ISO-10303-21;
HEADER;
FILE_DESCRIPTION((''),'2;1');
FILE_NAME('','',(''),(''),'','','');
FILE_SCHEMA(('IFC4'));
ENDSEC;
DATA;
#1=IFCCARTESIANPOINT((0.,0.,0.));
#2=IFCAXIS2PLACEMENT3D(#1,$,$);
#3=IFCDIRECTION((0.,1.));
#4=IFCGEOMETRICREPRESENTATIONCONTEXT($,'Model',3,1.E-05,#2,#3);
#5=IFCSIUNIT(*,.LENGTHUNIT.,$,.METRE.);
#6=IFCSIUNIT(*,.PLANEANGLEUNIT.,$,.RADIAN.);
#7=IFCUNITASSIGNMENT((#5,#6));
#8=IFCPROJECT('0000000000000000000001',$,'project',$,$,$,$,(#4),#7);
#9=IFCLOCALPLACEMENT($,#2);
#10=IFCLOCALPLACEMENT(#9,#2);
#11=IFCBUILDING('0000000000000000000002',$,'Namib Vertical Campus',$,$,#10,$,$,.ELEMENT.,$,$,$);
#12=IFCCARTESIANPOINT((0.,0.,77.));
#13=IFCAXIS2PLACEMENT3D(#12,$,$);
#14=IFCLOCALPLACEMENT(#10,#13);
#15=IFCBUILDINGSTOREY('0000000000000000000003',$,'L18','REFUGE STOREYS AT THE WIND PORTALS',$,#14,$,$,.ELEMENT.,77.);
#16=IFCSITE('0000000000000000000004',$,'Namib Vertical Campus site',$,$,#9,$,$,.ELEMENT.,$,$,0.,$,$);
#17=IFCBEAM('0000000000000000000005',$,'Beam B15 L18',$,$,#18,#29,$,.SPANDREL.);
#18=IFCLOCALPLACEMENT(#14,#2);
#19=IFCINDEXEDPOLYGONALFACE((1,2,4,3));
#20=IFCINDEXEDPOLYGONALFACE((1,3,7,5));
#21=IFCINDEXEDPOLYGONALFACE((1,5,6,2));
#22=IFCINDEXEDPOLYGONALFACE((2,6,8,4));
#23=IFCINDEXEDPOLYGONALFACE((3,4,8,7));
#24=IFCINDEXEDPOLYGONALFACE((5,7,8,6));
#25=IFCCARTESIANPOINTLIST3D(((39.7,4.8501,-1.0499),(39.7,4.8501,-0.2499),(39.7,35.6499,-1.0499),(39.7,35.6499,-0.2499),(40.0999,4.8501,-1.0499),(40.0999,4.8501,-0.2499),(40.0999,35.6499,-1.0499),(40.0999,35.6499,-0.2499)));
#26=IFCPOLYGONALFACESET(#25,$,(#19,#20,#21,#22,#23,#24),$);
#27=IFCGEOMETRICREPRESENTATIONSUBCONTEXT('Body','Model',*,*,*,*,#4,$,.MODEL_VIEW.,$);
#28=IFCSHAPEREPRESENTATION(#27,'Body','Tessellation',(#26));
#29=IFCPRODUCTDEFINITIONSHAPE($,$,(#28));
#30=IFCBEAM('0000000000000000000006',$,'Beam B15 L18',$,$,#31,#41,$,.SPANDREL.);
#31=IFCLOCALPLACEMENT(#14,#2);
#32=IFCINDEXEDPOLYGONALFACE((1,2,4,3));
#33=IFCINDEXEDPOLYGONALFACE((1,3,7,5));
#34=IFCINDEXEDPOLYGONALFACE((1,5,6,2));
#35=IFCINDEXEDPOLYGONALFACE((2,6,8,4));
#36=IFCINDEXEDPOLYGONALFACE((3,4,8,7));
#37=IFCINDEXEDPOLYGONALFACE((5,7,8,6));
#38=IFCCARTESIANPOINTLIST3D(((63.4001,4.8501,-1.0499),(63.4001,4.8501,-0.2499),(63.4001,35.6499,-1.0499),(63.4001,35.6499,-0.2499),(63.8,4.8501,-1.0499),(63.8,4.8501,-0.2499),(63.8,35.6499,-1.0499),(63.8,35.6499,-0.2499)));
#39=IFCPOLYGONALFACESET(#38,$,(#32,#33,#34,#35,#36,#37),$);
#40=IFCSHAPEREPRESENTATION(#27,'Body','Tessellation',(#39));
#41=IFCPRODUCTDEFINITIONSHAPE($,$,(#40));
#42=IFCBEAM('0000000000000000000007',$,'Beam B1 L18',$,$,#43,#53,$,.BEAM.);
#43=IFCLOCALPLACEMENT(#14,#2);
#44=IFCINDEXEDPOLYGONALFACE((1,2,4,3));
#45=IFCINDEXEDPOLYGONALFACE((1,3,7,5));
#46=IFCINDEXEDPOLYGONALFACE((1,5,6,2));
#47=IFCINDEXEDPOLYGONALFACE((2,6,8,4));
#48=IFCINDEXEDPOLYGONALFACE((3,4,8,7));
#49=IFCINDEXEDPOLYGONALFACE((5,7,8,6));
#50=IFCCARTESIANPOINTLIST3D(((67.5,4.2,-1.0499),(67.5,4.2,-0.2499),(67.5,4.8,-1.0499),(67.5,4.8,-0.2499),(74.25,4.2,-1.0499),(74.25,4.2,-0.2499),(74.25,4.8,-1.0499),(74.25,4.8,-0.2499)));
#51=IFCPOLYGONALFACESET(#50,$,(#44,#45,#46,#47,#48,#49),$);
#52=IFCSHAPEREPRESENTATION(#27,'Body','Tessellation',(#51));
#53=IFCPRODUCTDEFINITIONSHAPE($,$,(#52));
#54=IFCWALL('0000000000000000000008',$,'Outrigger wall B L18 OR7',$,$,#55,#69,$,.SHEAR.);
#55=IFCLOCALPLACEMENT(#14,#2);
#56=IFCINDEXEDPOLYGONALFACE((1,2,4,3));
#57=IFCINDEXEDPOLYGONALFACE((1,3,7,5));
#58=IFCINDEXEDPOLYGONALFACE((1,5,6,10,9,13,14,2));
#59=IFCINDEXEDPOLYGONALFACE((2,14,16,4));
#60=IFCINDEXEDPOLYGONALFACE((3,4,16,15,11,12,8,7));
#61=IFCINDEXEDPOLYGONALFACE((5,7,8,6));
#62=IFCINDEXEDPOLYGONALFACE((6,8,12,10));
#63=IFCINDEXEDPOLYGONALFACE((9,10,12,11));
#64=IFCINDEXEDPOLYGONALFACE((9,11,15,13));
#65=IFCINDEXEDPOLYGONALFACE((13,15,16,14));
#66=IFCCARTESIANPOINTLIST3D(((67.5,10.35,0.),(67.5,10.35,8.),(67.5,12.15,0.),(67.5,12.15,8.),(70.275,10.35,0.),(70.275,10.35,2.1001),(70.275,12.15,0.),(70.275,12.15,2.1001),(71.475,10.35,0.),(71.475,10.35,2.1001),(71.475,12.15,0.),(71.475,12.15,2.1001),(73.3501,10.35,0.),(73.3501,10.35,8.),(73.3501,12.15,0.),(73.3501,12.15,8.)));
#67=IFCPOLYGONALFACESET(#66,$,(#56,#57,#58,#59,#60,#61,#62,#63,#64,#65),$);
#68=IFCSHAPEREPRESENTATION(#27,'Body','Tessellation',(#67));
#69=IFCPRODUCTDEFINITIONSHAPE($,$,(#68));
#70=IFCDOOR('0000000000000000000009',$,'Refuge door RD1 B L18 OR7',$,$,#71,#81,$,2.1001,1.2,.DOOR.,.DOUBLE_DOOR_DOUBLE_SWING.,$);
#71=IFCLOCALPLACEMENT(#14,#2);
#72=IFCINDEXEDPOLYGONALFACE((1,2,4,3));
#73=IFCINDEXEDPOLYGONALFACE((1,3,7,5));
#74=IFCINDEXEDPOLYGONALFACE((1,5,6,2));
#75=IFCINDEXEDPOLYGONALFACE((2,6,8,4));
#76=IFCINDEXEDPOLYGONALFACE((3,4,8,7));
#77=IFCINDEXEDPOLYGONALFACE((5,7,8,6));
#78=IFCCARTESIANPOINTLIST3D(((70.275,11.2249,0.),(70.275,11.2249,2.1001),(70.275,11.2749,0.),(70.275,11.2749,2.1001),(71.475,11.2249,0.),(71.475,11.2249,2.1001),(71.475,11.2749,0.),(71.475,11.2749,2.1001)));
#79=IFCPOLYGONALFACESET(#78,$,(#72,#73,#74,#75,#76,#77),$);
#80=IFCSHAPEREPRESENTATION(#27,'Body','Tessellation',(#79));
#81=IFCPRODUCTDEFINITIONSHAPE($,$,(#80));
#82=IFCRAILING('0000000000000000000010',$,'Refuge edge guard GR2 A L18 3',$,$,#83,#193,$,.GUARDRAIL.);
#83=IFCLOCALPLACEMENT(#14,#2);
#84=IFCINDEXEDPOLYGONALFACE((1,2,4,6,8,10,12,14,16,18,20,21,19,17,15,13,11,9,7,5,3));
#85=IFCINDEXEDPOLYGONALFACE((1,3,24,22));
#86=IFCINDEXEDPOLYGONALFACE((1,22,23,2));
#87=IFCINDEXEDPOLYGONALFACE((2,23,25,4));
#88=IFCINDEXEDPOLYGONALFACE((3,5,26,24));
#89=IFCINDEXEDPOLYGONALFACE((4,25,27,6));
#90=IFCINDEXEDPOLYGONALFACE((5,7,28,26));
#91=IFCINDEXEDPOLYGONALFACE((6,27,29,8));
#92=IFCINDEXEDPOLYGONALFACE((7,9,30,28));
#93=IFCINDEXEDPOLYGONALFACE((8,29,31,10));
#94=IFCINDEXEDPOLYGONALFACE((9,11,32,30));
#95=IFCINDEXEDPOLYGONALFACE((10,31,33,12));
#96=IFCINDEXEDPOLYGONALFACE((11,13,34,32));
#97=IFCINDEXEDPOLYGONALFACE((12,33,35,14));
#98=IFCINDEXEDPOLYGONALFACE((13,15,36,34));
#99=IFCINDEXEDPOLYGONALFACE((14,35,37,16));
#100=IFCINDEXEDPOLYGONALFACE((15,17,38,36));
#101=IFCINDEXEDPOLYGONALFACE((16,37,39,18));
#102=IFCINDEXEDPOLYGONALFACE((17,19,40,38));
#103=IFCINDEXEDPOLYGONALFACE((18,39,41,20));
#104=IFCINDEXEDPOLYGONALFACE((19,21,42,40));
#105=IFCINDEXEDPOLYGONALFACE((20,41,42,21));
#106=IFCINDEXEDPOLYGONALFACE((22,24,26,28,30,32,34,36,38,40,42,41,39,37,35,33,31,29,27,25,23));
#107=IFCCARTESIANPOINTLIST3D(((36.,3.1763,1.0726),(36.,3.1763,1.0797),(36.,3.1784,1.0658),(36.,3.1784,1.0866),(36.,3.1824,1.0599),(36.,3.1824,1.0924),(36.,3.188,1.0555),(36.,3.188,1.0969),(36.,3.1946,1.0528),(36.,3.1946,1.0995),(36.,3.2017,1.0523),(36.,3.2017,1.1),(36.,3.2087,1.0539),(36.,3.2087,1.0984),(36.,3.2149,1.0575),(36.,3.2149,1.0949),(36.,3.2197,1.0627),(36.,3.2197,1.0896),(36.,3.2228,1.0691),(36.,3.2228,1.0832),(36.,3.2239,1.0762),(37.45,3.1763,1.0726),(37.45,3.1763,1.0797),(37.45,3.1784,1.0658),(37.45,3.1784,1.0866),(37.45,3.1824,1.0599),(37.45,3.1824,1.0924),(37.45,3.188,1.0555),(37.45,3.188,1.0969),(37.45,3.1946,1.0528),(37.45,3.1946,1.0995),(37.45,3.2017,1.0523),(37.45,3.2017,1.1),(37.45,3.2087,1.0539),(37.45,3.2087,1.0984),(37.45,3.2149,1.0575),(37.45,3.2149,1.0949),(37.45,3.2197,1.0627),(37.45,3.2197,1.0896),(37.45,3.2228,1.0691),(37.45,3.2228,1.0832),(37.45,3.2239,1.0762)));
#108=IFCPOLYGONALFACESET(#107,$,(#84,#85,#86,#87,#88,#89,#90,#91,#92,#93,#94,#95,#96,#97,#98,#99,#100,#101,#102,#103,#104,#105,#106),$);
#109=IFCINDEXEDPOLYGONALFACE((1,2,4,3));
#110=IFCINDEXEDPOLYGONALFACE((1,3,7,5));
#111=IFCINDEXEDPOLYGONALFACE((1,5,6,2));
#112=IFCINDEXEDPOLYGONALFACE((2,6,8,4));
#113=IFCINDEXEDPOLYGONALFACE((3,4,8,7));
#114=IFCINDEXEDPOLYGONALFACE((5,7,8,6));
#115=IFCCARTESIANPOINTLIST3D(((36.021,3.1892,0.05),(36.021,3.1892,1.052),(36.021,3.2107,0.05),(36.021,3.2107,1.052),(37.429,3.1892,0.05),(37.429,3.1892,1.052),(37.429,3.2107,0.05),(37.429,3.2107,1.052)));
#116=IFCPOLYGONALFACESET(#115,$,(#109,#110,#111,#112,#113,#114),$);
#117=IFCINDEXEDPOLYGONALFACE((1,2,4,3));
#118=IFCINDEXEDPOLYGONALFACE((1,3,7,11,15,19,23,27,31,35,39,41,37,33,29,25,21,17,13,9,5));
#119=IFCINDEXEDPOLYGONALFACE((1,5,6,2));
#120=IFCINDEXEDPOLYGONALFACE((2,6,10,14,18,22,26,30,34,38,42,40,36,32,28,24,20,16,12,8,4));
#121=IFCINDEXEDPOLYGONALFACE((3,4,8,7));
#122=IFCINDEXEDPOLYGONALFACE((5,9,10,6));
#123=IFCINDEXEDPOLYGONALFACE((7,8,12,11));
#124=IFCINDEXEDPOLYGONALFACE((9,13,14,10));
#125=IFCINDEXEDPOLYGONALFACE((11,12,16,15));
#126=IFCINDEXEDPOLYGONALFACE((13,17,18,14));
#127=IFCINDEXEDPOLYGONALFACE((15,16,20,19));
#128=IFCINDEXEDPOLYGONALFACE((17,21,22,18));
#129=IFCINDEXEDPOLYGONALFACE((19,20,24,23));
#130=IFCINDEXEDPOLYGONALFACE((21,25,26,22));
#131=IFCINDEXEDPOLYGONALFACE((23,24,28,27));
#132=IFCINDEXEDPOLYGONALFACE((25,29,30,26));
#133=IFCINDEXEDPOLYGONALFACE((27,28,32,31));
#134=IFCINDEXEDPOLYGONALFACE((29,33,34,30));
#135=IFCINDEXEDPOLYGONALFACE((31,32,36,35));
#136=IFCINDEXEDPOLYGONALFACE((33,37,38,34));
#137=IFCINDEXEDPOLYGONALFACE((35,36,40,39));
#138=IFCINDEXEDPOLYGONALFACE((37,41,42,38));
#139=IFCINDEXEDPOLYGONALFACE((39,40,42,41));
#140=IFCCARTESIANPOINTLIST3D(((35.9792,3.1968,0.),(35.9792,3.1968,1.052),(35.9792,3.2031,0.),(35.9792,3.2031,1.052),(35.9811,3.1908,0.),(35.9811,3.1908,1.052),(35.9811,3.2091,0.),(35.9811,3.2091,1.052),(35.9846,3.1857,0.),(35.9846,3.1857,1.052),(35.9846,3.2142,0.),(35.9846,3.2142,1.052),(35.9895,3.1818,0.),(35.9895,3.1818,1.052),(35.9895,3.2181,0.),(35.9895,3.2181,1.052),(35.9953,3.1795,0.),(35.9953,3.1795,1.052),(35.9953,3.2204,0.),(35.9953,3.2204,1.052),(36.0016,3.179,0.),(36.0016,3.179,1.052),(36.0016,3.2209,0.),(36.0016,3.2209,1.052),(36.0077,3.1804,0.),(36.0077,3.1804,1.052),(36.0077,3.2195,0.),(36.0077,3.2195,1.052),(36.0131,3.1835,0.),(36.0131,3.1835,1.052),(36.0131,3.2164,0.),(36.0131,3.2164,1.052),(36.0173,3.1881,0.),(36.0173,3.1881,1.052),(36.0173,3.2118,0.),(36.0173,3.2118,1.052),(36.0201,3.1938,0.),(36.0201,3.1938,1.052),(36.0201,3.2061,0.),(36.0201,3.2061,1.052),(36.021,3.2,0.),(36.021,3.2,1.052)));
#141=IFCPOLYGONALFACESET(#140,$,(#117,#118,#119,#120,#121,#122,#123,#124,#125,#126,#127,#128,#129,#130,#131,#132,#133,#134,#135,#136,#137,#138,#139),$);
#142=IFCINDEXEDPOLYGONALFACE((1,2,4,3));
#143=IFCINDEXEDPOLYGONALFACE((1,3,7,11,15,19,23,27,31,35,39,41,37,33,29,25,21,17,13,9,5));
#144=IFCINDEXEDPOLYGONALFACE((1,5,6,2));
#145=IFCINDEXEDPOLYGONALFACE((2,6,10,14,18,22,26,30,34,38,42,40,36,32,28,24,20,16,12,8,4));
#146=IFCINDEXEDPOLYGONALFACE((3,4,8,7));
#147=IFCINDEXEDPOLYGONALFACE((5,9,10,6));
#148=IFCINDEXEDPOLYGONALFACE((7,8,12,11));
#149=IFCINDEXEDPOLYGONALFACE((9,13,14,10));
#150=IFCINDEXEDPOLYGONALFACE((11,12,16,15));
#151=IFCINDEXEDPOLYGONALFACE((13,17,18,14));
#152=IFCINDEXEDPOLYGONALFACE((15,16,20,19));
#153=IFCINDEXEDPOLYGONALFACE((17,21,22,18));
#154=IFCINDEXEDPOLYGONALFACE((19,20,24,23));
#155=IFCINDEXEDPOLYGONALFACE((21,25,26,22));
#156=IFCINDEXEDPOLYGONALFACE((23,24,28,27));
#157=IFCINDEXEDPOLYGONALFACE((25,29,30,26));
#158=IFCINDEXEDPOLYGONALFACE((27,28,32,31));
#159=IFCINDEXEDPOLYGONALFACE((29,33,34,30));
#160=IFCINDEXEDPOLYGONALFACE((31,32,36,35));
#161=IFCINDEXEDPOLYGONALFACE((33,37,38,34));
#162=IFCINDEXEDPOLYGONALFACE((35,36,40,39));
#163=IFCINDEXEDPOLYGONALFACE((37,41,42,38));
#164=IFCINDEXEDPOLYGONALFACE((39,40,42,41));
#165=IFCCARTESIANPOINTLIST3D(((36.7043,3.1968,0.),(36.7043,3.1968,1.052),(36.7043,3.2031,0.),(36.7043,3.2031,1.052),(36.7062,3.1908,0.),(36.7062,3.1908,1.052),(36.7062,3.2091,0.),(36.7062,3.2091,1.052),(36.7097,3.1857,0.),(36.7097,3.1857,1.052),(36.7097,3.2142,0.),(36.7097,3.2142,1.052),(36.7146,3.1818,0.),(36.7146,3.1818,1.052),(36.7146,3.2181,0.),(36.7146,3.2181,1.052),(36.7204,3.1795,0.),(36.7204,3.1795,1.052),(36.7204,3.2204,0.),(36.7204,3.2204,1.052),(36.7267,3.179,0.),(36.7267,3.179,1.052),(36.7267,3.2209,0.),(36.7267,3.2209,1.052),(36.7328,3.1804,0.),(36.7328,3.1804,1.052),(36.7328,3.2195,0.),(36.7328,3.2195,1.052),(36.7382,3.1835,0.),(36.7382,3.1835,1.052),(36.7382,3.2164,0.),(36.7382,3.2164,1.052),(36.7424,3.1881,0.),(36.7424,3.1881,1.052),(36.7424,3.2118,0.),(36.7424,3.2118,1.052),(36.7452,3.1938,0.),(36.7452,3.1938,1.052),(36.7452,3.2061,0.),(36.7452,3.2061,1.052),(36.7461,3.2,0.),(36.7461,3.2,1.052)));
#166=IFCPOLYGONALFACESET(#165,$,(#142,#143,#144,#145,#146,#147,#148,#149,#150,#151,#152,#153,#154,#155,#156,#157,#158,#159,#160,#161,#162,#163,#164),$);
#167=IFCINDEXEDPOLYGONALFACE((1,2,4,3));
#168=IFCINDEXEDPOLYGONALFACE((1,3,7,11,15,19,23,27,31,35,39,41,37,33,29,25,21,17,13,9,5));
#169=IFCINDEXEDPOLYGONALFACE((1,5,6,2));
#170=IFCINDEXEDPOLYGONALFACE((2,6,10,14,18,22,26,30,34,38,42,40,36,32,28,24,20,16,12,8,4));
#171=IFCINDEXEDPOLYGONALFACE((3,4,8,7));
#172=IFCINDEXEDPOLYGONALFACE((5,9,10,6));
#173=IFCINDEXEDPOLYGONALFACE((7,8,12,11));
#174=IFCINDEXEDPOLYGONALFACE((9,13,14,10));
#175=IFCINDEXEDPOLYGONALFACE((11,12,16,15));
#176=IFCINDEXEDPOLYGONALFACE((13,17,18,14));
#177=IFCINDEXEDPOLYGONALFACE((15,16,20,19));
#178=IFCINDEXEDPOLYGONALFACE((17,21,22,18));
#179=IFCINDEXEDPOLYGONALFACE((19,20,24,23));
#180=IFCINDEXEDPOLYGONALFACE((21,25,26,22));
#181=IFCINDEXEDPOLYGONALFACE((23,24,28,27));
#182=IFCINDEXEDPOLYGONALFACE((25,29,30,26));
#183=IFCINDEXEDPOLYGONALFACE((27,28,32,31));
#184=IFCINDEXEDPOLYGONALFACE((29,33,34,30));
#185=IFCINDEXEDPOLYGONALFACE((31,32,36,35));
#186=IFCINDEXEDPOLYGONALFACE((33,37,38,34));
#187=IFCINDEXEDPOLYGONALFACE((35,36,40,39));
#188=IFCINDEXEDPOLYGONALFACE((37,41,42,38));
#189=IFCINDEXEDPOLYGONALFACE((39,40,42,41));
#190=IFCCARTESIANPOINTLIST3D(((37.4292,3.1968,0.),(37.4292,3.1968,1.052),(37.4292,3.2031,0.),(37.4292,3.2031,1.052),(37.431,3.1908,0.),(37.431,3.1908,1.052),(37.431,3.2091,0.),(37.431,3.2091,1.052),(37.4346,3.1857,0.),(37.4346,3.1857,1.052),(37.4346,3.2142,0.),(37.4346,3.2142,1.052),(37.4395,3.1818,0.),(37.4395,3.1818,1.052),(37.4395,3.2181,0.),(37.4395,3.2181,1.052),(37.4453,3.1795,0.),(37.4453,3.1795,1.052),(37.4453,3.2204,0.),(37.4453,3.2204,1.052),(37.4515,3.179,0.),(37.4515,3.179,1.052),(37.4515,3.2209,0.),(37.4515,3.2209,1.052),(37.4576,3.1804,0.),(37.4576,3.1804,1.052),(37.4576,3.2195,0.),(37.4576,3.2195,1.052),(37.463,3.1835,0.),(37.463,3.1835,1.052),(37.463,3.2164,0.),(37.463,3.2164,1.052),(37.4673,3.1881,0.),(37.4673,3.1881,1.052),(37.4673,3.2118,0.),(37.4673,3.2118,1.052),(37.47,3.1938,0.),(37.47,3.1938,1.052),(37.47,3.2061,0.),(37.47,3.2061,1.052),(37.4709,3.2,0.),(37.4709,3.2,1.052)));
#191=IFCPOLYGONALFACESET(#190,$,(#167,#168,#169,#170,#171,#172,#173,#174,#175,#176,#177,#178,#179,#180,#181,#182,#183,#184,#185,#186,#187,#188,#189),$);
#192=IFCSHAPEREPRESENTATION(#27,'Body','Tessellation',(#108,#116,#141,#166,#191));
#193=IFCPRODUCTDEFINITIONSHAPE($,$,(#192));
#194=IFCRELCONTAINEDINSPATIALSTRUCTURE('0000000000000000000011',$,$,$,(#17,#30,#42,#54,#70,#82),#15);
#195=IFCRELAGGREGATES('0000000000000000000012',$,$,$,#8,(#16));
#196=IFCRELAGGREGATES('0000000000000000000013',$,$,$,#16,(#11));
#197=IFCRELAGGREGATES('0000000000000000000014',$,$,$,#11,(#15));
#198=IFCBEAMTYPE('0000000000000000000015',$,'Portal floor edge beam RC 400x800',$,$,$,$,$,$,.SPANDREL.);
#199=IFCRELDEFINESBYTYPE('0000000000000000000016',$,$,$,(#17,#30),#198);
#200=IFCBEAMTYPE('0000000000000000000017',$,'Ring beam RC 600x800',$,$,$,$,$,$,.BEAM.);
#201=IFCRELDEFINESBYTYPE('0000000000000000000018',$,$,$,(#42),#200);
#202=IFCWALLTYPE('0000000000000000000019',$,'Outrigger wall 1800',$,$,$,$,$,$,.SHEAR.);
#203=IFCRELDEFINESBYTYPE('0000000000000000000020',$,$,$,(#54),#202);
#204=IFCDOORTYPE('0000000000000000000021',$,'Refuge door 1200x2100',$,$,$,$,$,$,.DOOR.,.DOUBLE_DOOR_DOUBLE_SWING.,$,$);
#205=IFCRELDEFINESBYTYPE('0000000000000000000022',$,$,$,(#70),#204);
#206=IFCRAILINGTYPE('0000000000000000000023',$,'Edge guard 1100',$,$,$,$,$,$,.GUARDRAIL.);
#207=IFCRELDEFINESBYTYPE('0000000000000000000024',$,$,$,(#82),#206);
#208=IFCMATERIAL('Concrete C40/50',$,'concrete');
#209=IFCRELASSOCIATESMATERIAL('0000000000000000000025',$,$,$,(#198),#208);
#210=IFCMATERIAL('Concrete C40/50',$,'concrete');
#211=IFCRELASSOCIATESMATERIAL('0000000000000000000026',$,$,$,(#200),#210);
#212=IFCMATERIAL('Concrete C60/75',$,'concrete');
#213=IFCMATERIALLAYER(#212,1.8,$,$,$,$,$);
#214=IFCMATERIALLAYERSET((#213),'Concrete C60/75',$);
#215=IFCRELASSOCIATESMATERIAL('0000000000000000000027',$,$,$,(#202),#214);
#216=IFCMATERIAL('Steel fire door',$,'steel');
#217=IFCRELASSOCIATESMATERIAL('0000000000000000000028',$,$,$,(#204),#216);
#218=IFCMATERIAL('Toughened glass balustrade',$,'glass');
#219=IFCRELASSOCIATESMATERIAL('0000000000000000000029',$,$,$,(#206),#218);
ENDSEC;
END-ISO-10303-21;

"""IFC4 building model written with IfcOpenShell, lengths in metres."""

from ifc_helpers import new_model, si_unit, direction, frame, frame_2d, origin, origin_2d, place, context, subcontext, project, spatial, polyline, rectangle, circle, outline, extrude, material, layer, layer_set, material_profile, profile_set, type_object, element, fill, save


model = new_model("IFC4")

# Units and contexts
model_context = context("Model", 3, precision=1e-05, world=origin(), true_north=direction((0.0, 1.0)))
body_context = subcontext(model_context, "Body", "Model", "MODEL_VIEW")
ifc_project = project(units=[si_unit("LENGTHUNIT", "METRE"), si_unit("PLANEANGLEUNIT", "RADIAN")], contexts=[model_context])

# Site, building, storey
site_placement = place(None, origin())
site = spatial("IfcSite", under=ifc_project, at=site_placement, Name="Namib Vertical Campus site", CompositionType="ELEMENT", RefElevation=0.0)
building_placement = place(site_placement, origin())
building = spatial("IfcBuilding", under=site, at=building_placement, Name="Namib Vertical Campus", CompositionType="ELEMENT")
storey_placement = place(building_placement, frame((0.0, 0.0, 77.0)))
storey = spatial("IfcBuildingStorey", under=building, at=storey_placement, Name="L18", Description="REFUGE STOREYS AT THE WIND PORTALS", CompositionType="ELEMENT", Elevation=77.0)

# Beams
ifc_material_1 = material(Name="Concrete C40/50", Category="concrete")
ifc_material_profile_1 = material_profile(ifc_material_1, rectangle(XDim=0.3999, YDim=0.8, at=origin_2d()))
ifc_profile_set_1 = profile_set([ifc_material_profile_1], Name="Concrete C40/50")
beam_type_1 = type_object("IfcBeamType", Name="Portal floor edge beam RC 400x800", PredefinedType="SPANDREL", material=ifc_profile_set_1)
for number, where, z_axis, x_axis, name in (
    (1, (39.8999, 4.8501, -0.6499), (0.0, 1.0, 0.0), (-1.0, 0.0, 0.0), "Beam B15 L18"),
    (2, (63.6001, 4.8501, -0.6499), (0.0, 1.0, 0.0), (-1.0, 0.0, 0.0), "Beam B15 L18"),
):
    element("IfcBeam", number, at=place(storey_placement, frame(where, z_axis=z_axis, x_axis=x_axis)), inside=storey, type_object=beam_type_1, Name=name, PredefinedType="SPANDREL", context=body_context, shape_type="SweptSolid", body=[
        extrude(rectangle(XDim=0.3999, YDim=0.8, at=origin_2d()), origin(), (0.0, 0.0, 1.0), 30.7998),
    ])
ifc_material_2 = material(Name="Concrete C40/50", Category="concrete")
ifc_material_profile_2 = material_profile(ifc_material_2, rectangle(XDim=0.6001, YDim=0.8, at=origin_2d()))
ifc_profile_set_2 = profile_set([ifc_material_profile_2], Name="Concrete C40/50")
beam_type_2 = type_object("IfcBeamType", Name="Ring beam RC 600x800", PredefinedType="BEAM", material=ifc_profile_set_2)
beam_1_placement = place(storey_placement, frame((67.5, 4.5, -0.6499), z_axis=(1.0, 0.0, 0.0), x_axis=(0.0, 1.0, 0.0)))
element("IfcBeam", 3, at=beam_1_placement, inside=storey, type_object=beam_type_2, Name="Beam B1 L18", PredefinedType="BEAM", context=body_context, shape_type="SweptSolid", body=[
    extrude(rectangle(XDim=0.6001, YDim=0.8, at=origin_2d()), origin(), (0.0, 0.0, 1.0), 6.75),
])

# Wall, opening, door
ifc_material_3 = material(Name="Concrete C60/75", Category="concrete")
ifc_layer = layer(ifc_material_3, 1.8)
ifc_layer_set = layer_set([ifc_layer], Name="Concrete C60/75")
wall_type = type_object("IfcWallType", Name="Outrigger wall 1800", PredefinedType="SHEAR", material=ifc_layer_set)
wall_placement = place(storey_placement, frame((67.5, 11.25, 0.0), z_axis=(0.0, 0.0, 1.0), x_axis=(1.0, 0.0, 0.0)))
wall = element("IfcWall", 4, at=wall_placement, inside=storey, type_object=wall_type, Name="Outrigger wall B L18 OR7", PredefinedType="SHEAR", context=body_context, shape_type="SweptSolid", body=[
    extrude(rectangle(XDim=5.8501, YDim=1.8, at=frame_2d((2.925, 0.0))), origin(), (0.0, 0.0, 1.0), 8.0),
])
opening_placement = place(wall_placement, frame((2.7749, 0.0, 0.0)))
opening = element("IfcOpeningElement", 5, at=opening_placement, cuts=wall, PredefinedType="OPENING", context=body_context, shape_type="SweptSolid", body=[
    extrude(rectangle(XDim=1.2, YDim=2.1001, at=frame_2d((0.6001, 1.05))), frame((0.0, 0.9099, 0.0), z_axis=(0.0, -1.0, 0.0), x_axis=(1.0, 0.0, 0.0)), (0.0, 0.0, 1.0), 1.8201),
])
ifc_material_4 = material(Name="Steel fire door", Category="steel")
door_type = type_object("IfcDoorType", Name="Refuge door 1200x2100", OperationType="DOUBLE_DOOR_DOUBLE_SWING", PredefinedType="DOOR", material=ifc_material_4)
door_placement = place(opening_placement, origin())
door = element("IfcDoor", 6, at=door_placement, inside=storey, type_object=door_type, Name="Refuge door RD1 B L18 OR7", OperationType="DOUBLE_DOOR_DOUBLE_SWING", OverallHeight=2.1001, OverallWidth=1.2, PredefinedType="DOOR", context=body_context, shape_type="SweptSolid", body=[
    extrude(rectangle(XDim=1.2, YDim=2.1001, at=frame_2d((0.6001, 1.05))), frame((0.0, 0.0249, 0.0), z_axis=(0.0, -1.0, 0.0), x_axis=(1.0, 0.0, 0.0)), (0.0, 0.0, 1.0), 0.05),
])
fill(opening, door)

# Railing
ifc_material_5 = material(Name="Toughened glass balustrade", Category="glass")
railing_type = type_object("IfcRailingType", Name="Edge guard 1100", PredefinedType="GUARDRAIL", material=ifc_material_5)
railing_1_placement = place(storey_placement, frame((36.0, 3.2, 0.0)))
element("IfcRailing", 7, at=railing_1_placement, inside=storey, type_object=railing_type, Name="Refuge edge guard GR2 A L18 3", PredefinedType="GUARDRAIL", context=body_context, shape_type="SweptSolid", body=[
    extrude(circle(Radius=0.0239, at=origin_2d()), frame((0.0, 0.0, 1.0762), z_axis=(1.0, 0.0, 0.0), x_axis=(0.0, 1.0, 0.0)), (0.0, 0.0, 1.0), 1.45),
    extrude(outline(polyline([(0.021, 0.05), (1.429, 0.05), (1.429, 1.052), (0.021, 1.052), (0.021, 0.05)])), frame((0.0, 0.0107, 0.0), z_axis=(0.0, -1.0, 0.0), x_axis=(1.0, 0.0, 0.0)), (0.0, 0.0, 1.0), 0.0215),
    extrude(circle(Radius=0.021, at=origin_2d()), origin(), (0.0, 0.0, 1.0), 1.052),
    extrude(circle(Radius=0.021, at=origin_2d()), frame((0.7251, 0.0, 0.0)), (0.0, 0.0, 1.0), 1.052),
    extrude(circle(Radius=0.021, at=origin_2d()), frame((1.45, 0.0, 0.0)), (0.0, 0.0, 1.0), 1.052),
])

save(model, "model.ifc")
